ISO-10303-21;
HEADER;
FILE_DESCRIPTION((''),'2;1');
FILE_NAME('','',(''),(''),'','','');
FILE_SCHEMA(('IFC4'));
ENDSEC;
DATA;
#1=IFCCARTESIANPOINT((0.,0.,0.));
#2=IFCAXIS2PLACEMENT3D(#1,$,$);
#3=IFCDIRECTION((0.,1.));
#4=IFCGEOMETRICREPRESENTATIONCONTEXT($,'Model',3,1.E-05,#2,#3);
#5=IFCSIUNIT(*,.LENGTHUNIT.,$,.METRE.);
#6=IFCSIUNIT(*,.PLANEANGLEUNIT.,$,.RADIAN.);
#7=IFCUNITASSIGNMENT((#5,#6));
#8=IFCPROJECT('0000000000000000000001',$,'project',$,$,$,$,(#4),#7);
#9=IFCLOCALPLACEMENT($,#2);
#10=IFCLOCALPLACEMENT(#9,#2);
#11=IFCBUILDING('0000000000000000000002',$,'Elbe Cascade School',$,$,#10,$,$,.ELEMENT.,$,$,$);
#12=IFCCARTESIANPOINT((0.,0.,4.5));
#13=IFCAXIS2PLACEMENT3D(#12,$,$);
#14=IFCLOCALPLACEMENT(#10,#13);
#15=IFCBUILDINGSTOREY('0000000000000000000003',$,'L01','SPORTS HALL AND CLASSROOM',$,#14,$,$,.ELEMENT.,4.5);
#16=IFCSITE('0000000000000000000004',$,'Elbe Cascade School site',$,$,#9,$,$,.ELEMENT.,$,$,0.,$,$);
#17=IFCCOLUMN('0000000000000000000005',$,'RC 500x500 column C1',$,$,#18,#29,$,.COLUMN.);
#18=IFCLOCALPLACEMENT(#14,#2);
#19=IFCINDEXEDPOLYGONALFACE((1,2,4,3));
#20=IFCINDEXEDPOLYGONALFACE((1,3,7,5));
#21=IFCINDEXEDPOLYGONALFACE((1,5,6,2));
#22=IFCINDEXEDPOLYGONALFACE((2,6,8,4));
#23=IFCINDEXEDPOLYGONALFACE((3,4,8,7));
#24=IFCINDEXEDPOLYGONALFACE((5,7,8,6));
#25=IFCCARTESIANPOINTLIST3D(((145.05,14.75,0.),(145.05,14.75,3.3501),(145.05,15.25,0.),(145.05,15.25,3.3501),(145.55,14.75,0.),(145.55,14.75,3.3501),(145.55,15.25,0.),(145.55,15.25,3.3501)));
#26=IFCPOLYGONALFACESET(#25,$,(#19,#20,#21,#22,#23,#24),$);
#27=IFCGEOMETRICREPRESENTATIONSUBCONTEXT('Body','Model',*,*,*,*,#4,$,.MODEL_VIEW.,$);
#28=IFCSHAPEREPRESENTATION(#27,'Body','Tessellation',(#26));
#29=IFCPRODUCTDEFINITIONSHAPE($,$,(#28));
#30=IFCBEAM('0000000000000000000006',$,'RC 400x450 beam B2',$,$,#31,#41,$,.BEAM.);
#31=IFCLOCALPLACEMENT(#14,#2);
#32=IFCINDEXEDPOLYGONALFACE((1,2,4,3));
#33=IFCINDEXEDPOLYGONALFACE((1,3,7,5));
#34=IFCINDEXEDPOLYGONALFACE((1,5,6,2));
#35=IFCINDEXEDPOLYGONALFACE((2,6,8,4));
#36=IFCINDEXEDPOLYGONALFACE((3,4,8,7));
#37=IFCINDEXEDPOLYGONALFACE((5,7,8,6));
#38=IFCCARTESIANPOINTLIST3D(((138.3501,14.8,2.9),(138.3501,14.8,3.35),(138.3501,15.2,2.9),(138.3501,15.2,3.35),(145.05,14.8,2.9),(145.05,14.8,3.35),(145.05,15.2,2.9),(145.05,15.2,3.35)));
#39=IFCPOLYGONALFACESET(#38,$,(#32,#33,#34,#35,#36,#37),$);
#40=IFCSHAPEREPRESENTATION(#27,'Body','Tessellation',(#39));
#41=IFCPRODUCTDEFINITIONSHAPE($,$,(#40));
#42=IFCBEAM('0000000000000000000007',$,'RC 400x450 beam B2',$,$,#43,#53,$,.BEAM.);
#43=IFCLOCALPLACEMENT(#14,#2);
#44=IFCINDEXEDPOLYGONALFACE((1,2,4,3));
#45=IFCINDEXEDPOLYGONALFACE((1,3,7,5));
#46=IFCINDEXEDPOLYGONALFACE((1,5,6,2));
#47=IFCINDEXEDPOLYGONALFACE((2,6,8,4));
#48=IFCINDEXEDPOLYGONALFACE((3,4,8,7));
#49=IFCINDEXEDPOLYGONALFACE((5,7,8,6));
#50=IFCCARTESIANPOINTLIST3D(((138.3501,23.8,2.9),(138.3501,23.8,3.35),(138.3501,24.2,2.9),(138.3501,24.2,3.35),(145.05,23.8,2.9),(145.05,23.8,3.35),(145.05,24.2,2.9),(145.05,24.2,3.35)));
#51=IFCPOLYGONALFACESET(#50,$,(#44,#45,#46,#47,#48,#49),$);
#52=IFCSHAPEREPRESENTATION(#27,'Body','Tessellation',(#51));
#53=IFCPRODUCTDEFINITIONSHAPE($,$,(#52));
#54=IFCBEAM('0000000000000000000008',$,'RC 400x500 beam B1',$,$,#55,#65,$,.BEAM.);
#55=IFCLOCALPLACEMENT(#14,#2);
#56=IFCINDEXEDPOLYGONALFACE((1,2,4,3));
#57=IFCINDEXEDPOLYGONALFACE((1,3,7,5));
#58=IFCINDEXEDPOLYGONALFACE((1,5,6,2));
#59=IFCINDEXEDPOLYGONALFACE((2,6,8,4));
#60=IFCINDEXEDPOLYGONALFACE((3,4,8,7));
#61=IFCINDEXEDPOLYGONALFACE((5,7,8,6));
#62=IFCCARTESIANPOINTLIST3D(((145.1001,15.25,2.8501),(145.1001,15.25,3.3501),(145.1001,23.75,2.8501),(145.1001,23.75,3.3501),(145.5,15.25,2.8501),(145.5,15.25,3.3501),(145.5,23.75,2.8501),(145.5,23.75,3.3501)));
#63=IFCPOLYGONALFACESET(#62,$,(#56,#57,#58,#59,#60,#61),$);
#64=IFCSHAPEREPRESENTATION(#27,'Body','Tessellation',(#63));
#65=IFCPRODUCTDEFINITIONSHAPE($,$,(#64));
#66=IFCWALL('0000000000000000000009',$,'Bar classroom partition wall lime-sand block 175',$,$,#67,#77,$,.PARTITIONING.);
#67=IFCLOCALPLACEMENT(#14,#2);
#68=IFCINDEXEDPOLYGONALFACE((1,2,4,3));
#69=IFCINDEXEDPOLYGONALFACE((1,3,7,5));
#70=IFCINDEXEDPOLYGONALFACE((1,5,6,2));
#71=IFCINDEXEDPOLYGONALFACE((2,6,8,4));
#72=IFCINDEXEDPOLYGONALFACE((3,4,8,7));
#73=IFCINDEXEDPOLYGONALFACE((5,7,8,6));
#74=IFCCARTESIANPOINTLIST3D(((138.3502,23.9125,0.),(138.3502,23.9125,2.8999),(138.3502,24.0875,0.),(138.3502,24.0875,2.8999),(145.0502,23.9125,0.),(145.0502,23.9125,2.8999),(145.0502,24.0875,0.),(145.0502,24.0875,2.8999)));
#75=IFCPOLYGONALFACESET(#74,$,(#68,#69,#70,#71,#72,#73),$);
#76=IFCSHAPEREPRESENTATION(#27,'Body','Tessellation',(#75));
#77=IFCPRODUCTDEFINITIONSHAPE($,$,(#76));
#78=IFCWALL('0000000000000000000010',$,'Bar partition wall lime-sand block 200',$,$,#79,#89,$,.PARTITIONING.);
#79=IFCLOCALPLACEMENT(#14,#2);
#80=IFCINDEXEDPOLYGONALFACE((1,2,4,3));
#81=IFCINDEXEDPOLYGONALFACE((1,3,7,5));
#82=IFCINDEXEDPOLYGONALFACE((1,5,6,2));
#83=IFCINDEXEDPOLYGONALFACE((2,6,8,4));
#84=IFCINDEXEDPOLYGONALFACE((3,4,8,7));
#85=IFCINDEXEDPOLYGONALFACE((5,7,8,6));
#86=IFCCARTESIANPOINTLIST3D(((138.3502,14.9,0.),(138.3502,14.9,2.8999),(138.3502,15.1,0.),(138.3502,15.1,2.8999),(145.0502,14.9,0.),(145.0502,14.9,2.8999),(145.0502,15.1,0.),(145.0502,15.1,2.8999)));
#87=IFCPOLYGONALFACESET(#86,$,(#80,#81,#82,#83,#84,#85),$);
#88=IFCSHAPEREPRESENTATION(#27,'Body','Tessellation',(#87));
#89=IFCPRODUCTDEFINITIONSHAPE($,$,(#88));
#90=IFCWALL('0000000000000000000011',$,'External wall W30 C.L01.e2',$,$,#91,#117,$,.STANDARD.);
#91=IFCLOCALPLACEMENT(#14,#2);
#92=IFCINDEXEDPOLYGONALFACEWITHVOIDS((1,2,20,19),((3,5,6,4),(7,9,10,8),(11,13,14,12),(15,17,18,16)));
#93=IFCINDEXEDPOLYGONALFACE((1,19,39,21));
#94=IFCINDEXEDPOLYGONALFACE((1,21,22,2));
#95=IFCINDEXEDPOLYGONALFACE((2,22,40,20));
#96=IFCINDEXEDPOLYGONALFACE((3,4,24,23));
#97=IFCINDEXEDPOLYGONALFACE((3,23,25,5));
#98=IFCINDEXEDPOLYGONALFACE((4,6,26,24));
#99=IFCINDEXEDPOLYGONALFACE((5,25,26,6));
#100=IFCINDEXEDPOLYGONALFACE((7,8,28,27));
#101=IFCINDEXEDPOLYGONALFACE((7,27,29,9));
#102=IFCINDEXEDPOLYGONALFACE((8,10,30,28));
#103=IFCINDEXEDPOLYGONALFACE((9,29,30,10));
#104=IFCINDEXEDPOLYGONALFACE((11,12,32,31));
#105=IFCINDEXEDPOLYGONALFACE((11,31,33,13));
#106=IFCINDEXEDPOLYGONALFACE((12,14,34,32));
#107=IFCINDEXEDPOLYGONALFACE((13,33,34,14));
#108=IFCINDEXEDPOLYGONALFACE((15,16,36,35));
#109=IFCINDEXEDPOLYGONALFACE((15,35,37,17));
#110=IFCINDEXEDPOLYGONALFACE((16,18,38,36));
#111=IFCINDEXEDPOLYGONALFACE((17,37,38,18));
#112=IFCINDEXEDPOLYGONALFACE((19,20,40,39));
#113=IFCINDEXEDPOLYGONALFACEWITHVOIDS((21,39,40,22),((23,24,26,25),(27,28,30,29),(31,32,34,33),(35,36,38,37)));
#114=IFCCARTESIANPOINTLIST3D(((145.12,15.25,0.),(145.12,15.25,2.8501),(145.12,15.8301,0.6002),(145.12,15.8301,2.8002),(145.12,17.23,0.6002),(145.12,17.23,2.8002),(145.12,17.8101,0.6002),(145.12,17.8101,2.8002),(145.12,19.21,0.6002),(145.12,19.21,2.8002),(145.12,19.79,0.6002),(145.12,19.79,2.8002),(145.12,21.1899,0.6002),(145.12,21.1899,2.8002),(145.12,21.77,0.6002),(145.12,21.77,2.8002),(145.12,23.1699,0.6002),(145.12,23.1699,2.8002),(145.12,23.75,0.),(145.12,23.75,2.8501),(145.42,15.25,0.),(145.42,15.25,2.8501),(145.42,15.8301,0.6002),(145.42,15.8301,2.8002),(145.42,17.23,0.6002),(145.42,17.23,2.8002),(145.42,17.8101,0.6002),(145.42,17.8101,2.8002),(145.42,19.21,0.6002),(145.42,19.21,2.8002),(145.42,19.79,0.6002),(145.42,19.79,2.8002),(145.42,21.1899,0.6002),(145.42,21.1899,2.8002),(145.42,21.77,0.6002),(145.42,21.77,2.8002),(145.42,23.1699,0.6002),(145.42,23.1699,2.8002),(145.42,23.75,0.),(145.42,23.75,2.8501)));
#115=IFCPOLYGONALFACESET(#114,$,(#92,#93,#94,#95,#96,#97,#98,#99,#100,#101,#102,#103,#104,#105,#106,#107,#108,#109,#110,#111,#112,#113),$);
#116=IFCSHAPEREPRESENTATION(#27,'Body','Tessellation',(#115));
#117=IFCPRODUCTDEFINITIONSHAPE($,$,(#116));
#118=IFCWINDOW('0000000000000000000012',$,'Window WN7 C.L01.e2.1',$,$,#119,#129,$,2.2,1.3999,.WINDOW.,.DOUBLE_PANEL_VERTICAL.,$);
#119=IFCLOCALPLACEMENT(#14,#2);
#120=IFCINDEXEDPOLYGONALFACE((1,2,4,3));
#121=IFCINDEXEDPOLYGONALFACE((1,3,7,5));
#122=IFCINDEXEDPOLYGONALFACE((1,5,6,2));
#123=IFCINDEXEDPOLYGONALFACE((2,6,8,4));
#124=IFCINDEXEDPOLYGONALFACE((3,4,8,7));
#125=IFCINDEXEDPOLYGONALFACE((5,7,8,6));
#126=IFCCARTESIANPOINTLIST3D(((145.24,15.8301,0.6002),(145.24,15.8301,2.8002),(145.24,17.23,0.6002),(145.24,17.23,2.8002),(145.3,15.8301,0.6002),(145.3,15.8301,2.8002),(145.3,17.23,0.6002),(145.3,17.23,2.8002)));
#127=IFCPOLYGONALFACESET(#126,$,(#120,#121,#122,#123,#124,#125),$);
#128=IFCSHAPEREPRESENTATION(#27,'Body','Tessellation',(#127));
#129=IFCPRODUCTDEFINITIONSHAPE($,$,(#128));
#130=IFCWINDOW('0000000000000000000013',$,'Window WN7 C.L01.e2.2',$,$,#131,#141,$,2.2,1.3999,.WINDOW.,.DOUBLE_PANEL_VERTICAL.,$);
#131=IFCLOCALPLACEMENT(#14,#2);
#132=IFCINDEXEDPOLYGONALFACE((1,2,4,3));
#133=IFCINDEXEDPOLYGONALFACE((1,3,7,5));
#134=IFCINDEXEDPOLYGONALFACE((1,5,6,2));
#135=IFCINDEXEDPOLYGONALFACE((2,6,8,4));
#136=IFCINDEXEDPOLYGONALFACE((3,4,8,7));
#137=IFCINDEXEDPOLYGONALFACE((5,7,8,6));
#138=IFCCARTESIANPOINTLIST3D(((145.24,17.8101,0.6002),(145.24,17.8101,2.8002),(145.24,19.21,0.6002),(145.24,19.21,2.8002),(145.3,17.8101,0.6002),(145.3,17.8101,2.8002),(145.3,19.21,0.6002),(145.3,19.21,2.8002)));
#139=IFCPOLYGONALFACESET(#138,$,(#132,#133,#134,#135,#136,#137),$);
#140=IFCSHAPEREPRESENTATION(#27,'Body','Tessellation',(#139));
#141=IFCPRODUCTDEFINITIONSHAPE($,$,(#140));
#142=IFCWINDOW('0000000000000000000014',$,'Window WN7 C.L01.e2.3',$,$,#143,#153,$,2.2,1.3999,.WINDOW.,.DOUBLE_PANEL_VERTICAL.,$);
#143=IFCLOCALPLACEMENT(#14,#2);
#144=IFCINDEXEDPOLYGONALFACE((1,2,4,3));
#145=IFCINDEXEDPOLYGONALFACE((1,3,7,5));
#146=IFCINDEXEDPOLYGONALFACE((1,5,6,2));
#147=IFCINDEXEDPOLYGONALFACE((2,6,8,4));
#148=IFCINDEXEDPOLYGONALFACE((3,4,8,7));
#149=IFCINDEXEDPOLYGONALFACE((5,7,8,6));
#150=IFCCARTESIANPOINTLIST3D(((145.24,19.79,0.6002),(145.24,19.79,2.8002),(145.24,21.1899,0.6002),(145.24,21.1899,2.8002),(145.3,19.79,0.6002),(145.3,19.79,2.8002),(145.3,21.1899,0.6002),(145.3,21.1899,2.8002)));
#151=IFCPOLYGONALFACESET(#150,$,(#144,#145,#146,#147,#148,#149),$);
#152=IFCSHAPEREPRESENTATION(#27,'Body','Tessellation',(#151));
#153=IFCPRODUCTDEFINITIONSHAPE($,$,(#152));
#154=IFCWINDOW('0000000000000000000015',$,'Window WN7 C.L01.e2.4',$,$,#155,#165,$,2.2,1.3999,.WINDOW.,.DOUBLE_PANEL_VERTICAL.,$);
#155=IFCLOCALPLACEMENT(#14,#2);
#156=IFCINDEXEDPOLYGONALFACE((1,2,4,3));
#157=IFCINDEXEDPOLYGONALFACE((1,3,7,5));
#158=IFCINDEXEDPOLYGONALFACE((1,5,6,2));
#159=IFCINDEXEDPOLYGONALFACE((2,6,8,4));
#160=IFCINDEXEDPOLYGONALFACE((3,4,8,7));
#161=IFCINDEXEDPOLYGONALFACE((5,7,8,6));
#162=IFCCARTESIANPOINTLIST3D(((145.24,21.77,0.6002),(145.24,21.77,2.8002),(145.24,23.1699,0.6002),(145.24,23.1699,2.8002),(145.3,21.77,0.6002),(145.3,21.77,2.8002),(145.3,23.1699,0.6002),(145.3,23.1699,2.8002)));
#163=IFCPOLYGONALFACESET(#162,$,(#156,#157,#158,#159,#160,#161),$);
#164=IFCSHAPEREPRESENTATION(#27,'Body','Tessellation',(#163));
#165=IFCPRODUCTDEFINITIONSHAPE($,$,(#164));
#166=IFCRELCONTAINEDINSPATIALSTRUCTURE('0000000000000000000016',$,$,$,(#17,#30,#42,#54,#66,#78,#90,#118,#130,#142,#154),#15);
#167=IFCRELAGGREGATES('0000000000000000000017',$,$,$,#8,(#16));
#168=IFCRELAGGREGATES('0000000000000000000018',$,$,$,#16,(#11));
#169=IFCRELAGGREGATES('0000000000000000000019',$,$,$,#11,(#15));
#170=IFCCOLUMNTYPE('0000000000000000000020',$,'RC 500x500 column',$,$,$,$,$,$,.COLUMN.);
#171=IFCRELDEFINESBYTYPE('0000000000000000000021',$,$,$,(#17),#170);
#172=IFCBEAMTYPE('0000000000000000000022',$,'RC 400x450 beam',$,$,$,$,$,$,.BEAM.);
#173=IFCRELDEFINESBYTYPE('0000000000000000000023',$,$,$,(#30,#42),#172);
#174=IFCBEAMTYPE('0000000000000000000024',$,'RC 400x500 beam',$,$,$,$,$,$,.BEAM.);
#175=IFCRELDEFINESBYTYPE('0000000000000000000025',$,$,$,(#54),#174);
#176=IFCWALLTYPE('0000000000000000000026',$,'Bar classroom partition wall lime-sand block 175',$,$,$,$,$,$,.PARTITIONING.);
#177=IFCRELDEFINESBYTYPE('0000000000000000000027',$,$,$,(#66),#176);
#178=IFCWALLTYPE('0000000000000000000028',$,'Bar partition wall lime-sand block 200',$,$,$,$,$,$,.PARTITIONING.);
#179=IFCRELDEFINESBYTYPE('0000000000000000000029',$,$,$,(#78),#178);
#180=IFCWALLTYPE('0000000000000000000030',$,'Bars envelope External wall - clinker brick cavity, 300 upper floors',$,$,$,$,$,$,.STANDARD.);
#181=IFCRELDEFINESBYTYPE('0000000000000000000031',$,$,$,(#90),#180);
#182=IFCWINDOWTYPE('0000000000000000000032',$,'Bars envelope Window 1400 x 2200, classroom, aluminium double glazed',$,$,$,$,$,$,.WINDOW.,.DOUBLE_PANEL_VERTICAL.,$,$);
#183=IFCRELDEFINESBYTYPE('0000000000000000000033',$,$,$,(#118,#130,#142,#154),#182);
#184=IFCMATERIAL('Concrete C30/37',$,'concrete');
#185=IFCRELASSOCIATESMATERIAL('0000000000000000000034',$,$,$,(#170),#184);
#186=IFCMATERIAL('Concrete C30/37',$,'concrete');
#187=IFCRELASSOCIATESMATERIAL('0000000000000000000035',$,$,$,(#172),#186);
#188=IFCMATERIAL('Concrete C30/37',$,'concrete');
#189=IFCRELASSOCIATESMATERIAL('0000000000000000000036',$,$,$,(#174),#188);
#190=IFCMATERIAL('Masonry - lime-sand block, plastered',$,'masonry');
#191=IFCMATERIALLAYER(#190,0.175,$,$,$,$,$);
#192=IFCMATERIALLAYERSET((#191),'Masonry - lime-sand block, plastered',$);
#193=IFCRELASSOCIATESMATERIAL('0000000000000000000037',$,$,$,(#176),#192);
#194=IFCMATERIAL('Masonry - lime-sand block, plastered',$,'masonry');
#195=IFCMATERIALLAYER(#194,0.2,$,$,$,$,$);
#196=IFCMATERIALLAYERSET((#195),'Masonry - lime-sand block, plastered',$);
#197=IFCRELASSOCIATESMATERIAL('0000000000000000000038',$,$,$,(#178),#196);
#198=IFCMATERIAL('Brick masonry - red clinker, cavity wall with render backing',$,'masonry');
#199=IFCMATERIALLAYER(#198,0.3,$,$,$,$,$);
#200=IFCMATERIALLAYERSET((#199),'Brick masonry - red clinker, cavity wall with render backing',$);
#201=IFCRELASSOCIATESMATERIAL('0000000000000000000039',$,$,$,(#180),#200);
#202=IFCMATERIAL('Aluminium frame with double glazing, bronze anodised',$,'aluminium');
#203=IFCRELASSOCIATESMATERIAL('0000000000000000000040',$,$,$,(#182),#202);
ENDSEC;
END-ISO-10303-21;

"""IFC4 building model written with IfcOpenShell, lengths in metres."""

from ifc_helpers import new_model, si_unit, direction, frame, frame_2d, origin, origin_2d, place, context, subcontext, project, spatial, rectangle, extrude, material, layer, layer_set, material_profile, profile_set, type_object, element, fill, save


model = new_model("IFC4")

# Units and contexts
model_context = context("Model", 3, precision=1e-05, world=origin(), true_north=direction((0.0, 1.0)))
body_context = subcontext(model_context, "Body", "Model", "MODEL_VIEW")
ifc_project = project(units=[si_unit("LENGTHUNIT", "METRE"), si_unit("PLANEANGLEUNIT", "RADIAN")], contexts=[model_context])

# Site, building, storey
site_placement = place(None, origin())
site = spatial("IfcSite", under=ifc_project, at=site_placement, Name="Elbe Cascade School site", CompositionType="ELEMENT", RefElevation=0.0)
building_placement = place(site_placement, origin())
building = spatial("IfcBuilding", under=site, at=building_placement, Name="Elbe Cascade School", CompositionType="ELEMENT")
storey_placement = place(building_placement, frame((0.0, 0.0, 4.5)))
storey = spatial("IfcBuildingStorey", under=building, at=storey_placement, Name="L01", Description="SPORTS HALL AND CLASSROOM", CompositionType="ELEMENT", Elevation=4.5)

# Column
ifc_material_1 = material(Name="Concrete C30/37", Category="concrete")
ifc_material_profile_1 = material_profile(ifc_material_1, rectangle(XDim=0.5, YDim=0.5, at=origin_2d()), Name="RC 500x500")
ifc_profile_set_1 = profile_set([ifc_material_profile_1], Name="Concrete C30/37")
column_type = type_object("IfcColumnType", Name="RC 500x500 column", PredefinedType="COLUMN", material=ifc_profile_set_1)
column_placement = place(storey_placement, frame((145.3, 15.0, 0.0), z_axis=(0.0, 0.0, 1.0), x_axis=(1.0, 0.0, 0.0)))
element("IfcColumn", 1, at=column_placement, inside=storey, type_object=column_type, Name="RC 500x500 column C1", PredefinedType="COLUMN", context=body_context, shape_type="SweptSolid", body=[
    extrude(rectangle(XDim=0.5, YDim=0.5, at=origin_2d()), origin(), (0.0, 0.0, 1.0), 3.3501),
])

# Beams
ifc_material_2 = material(Name="Concrete C30/37", Category="concrete")
ifc_material_profile_2 = material_profile(ifc_material_2, rectangle(XDim=0.3999, YDim=0.45, at=origin_2d()), Name="RC 400x450")
ifc_profile_set_2 = profile_set([ifc_material_profile_2], Name="Concrete C30/37")
beam_type_1 = type_object("IfcBeamType", Name="RC 400x450 beam", PredefinedType="BEAM", material=ifc_profile_set_2)
for number, where, z_axis, x_axis, name in (
    (2, (138.3501, 15.0, 3.125), (1.0, 0.0, 0.0), (0.0, 1.0, 0.0), "RC 400x450 beam B2"),
    (3, (138.3501, 24.0, 3.125), (1.0, 0.0, 0.0), (0.0, 1.0, 0.0), "RC 400x450 beam B2"),
):
    element("IfcBeam", number, at=place(storey_placement, frame(where, z_axis=z_axis, x_axis=x_axis)), inside=storey, type_object=beam_type_1, Name=name, PredefinedType="BEAM", context=body_context, shape_type="SweptSolid", body=[
        extrude(rectangle(XDim=0.3999, YDim=0.45, at=origin_2d()), origin(), (0.0, 0.0, 1.0), 6.7),
    ])
ifc_material_3 = material(Name="Concrete C30/37", Category="concrete")
ifc_material_profile_3 = material_profile(ifc_material_3, rectangle(XDim=0.3999, YDim=0.5, at=origin_2d()), Name="RC 400x500")
ifc_profile_set_3 = profile_set([ifc_material_profile_3], Name="Concrete C30/37")
beam_type_2 = type_object("IfcBeamType", Name="RC 400x500 beam", PredefinedType="BEAM", material=ifc_profile_set_3)
beam_placement = place(storey_placement, frame((145.3, 15.25, 3.1001), z_axis=(0.0, 1.0, 0.0), x_axis=(-1.0, 0.0, 0.0)))
element("IfcBeam", 4, at=beam_placement, inside=storey, type_object=beam_type_2, Name="RC 400x500 beam B1", PredefinedType="BEAM", context=body_context, shape_type="SweptSolid", body=[
    extrude(rectangle(XDim=0.3999, YDim=0.5, at=origin_2d()), origin(), (0.0, 0.0, 1.0), 8.5),
])

# Walls
ifc_material_4 = material(Name="Masonry - lime-sand block, plastered", Category="masonry")
ifc_layer_1 = layer(ifc_material_4, 0.175)
ifc_layer_set_1 = layer_set([ifc_layer_1], Name="Masonry - lime-sand block, plastered")
wall_type_1 = type_object("IfcWallType", Name="Bar classroom partition wall lime-sand block 175", PredefinedType="PARTITIONING", material=ifc_layer_set_1)
wall_1_placement = place(storey_placement, frame((138.3501, 24.0, 0.0), z_axis=(0.0, 0.0, 1.0), x_axis=(1.0, 0.0, 0.0)))
element("IfcWall", 5, at=wall_1_placement, inside=storey, type_object=wall_type_1, Name="Bar classroom partition wall lime-sand block 175", PredefinedType="PARTITIONING", context=body_context, shape_type="SweptSolid", body=[
    extrude(rectangle(XDim=6.7, YDim=0.175, at=frame_2d((3.3501, 0.0))), origin(), (0.0, 0.0, 1.0), 2.8999),
])
ifc_material_5 = material(Name="Masonry - lime-sand block, plastered", Category="masonry")
ifc_layer_2 = layer(ifc_material_5, 0.2)
ifc_layer_set_2 = layer_set([ifc_layer_2], Name="Masonry - lime-sand block, plastered")
wall_type_2 = type_object("IfcWallType", Name="Bar partition wall lime-sand block 200", PredefinedType="PARTITIONING", material=ifc_layer_set_2)
wall_2_placement = place(storey_placement, frame((138.3501, 15.0, 0.0), z_axis=(0.0, 0.0, 1.0), x_axis=(1.0, 0.0, 0.0)))
element("IfcWall", 6, at=wall_2_placement, inside=storey, type_object=wall_type_2, Name="Bar partition wall lime-sand block 200", PredefinedType="PARTITIONING", context=body_context, shape_type="SweptSolid", body=[
    extrude(rectangle(XDim=6.7, YDim=0.2, at=frame_2d((3.3501, 0.0))), origin(), (0.0, 0.0, 1.0), 2.8999),
])

# Wall, openings, windows
ifc_material_6 = material(Name="Brick masonry - red clinker, cavity wall with render backing", Category="masonry")
ifc_layer_3 = layer(ifc_material_6, 0.3)
ifc_layer_set_3 = layer_set([ifc_layer_3], Name="Brick masonry - red clinker, cavity wall with render backing")
wall_type_3 = type_object("IfcWallType", Name="Bars envelope External wall - clinker brick cavity, 300 upper floors", PredefinedType="STANDARD", material=ifc_layer_set_3)
wall_3_placement = place(storey_placement, frame((145.27, 23.75, 0.0), z_axis=(0.0, 0.0, 1.0), x_axis=(0.0, -1.0, 0.0)))
wall_3 = element("IfcWall", 7, at=wall_3_placement, inside=storey, type_object=wall_type_3, Name="External wall W30 C.L01.e2", PredefinedType="STANDARD", context=body_context, shape_type="SweptSolid", body=[
    extrude(rectangle(XDim=8.5, YDim=0.3, at=frame_2d((4.25, 0.0))), origin(), (0.0, 0.0, 1.0), 2.8501),
])
opening_1_placement = place(wall_3_placement, frame((6.52, 0.0, 0.6001)))
opening_1 = element("IfcOpeningElement", 8, at=opening_1_placement, cuts=wall_3, PredefinedType="OPENING", context=body_context, shape_type="SweptSolid", body=[
    extrude(rectangle(XDim=1.3999, YDim=2.2, at=frame_2d((0.7, 1.1001))), frame((0.0, 0.1599, 0.0), z_axis=(0.0, -1.0, 0.0), x_axis=(1.0, 0.0, 0.0)), (0.0, 0.0, 1.0), 0.3201),
])
opening_2_placement = place(wall_3_placement, frame((4.54, 0.0, 0.6001)))
opening_2 = element("IfcOpeningElement", 9, at=opening_2_placement, cuts=wall_3, PredefinedType="OPENING", context=body_context, shape_type="SweptSolid", body=[
    extrude(rectangle(XDim=1.3999, YDim=2.2, at=frame_2d((0.7, 1.1001))), frame((0.0, 0.1599, 0.0), z_axis=(0.0, -1.0, 0.0), x_axis=(1.0, 0.0, 0.0)), (0.0, 0.0, 1.0), 0.3201),
])
opening_3_placement = place(wall_3_placement, frame((2.5601, 0.0, 0.6001)))
opening_3 = element("IfcOpeningElement", 10, at=opening_3_placement, cuts=wall_3, PredefinedType="OPENING", context=body_context, shape_type="SweptSolid", body=[
    extrude(rectangle(XDim=1.3999, YDim=2.2, at=frame_2d((0.7, 1.1001))), frame((0.0, 0.1599, 0.0), z_axis=(0.0, -1.0, 0.0), x_axis=(1.0, 0.0, 0.0)), (0.0, 0.0, 1.0), 0.3201),
])
opening_4_placement = place(wall_3_placement, frame((0.5801, 0.0, 0.6001)))
opening_4 = element("IfcOpeningElement", 11, at=opening_4_placement, cuts=wall_3, PredefinedType="OPENING", context=body_context, shape_type="SweptSolid", body=[
    extrude(rectangle(XDim=1.3999, YDim=2.2, at=frame_2d((0.7, 1.1001))), frame((0.0, 0.1599, 0.0), z_axis=(0.0, -1.0, 0.0), x_axis=(1.0, 0.0, 0.0)), (0.0, 0.0, 1.0), 0.3201),
])
ifc_material_7 = material(Name="Aluminium frame with double glazing, bronze anodised", Category="aluminium")
window_type = type_object("IfcWindowType", Name="Bars envelope Window 1400 x 2200, classroom, aluminium double glazed", PartitioningType="DOUBLE_PANEL_VERTICAL", PredefinedType="WINDOW", material=ifc_material_7)
window_1_placement = place(opening_1_placement, origin())
window_1 = element("IfcWindow", 12, at=window_1_placement, inside=storey, type_object=window_type, Name="Window WN7 C.L01.e2.1", OverallHeight=2.2, OverallWidth=1.3999, PartitioningType="DOUBLE_PANEL_VERTICAL", PredefinedType="WINDOW", context=body_context, shape_type="SweptSolid", body=[
    extrude(rectangle(XDim=1.3999, YDim=2.2, at=frame_2d((0.7, 1.1001))), frame((0.0, 0.03, 0.0), z_axis=(0.0, -1.0, 0.0), x_axis=(1.0, 0.0, 0.0)), (0.0, 0.0, 1.0), 0.0601),
])
fill(opening_1, window_1)
window_2_placement = place(opening_2_placement, origin())
window_2 = element("IfcWindow", 13, at=window_2_placement, inside=storey, type_object=window_type, Name="Window WN7 C.L01.e2.2", OverallHeight=2.2, OverallWidth=1.3999, PartitioningType="DOUBLE_PANEL_VERTICAL", PredefinedType="WINDOW", context=body_context, shape_type="SweptSolid", body=[
    extrude(rectangle(XDim=1.3999, YDim=2.2, at=frame_2d((0.7, 1.1001))), frame((0.0, 0.03, 0.0), z_axis=(0.0, -1.0, 0.0), x_axis=(1.0, 0.0, 0.0)), (0.0, 0.0, 1.0), 0.0601),
])
fill(opening_2, window_2)
window_3_placement = place(opening_3_placement, origin())
window_3 = element("IfcWindow", 14, at=window_3_placement, inside=storey, type_object=window_type, Name="Window WN7 C.L01.e2.3", OverallHeight=2.2, OverallWidth=1.3999, PartitioningType="DOUBLE_PANEL_VERTICAL", PredefinedType="WINDOW", context=body_context, shape_type="SweptSolid", body=[
    extrude(rectangle(XDim=1.3999, YDim=2.2, at=frame_2d((0.7, 1.1001))), frame((0.0, 0.03, 0.0), z_axis=(0.0, -1.0, 0.0), x_axis=(1.0, 0.0, 0.0)), (0.0, 0.0, 1.0), 0.0601),
])
fill(opening_3, window_3)
window_4_placement = place(opening_4_placement, origin())
window_4 = element("IfcWindow", 15, at=window_4_placement, inside=storey, type_object=window_type, Name="Window WN7 C.L01.e2.4", OverallHeight=2.2, OverallWidth=1.3999, PartitioningType="DOUBLE_PANEL_VERTICAL", PredefinedType="WINDOW", context=body_context, shape_type="SweptSolid", body=[
    extrude(rectangle(XDim=1.3999, YDim=2.2, at=frame_2d((0.7, 1.1001))), frame((0.0, 0.03, 0.0), z_axis=(0.0, -1.0, 0.0), x_axis=(1.0, 0.0, 0.0)), (0.0, 0.0, 1.0), 0.0601),
])
fill(opening_4, window_4)

save(model, "model.ifc")
